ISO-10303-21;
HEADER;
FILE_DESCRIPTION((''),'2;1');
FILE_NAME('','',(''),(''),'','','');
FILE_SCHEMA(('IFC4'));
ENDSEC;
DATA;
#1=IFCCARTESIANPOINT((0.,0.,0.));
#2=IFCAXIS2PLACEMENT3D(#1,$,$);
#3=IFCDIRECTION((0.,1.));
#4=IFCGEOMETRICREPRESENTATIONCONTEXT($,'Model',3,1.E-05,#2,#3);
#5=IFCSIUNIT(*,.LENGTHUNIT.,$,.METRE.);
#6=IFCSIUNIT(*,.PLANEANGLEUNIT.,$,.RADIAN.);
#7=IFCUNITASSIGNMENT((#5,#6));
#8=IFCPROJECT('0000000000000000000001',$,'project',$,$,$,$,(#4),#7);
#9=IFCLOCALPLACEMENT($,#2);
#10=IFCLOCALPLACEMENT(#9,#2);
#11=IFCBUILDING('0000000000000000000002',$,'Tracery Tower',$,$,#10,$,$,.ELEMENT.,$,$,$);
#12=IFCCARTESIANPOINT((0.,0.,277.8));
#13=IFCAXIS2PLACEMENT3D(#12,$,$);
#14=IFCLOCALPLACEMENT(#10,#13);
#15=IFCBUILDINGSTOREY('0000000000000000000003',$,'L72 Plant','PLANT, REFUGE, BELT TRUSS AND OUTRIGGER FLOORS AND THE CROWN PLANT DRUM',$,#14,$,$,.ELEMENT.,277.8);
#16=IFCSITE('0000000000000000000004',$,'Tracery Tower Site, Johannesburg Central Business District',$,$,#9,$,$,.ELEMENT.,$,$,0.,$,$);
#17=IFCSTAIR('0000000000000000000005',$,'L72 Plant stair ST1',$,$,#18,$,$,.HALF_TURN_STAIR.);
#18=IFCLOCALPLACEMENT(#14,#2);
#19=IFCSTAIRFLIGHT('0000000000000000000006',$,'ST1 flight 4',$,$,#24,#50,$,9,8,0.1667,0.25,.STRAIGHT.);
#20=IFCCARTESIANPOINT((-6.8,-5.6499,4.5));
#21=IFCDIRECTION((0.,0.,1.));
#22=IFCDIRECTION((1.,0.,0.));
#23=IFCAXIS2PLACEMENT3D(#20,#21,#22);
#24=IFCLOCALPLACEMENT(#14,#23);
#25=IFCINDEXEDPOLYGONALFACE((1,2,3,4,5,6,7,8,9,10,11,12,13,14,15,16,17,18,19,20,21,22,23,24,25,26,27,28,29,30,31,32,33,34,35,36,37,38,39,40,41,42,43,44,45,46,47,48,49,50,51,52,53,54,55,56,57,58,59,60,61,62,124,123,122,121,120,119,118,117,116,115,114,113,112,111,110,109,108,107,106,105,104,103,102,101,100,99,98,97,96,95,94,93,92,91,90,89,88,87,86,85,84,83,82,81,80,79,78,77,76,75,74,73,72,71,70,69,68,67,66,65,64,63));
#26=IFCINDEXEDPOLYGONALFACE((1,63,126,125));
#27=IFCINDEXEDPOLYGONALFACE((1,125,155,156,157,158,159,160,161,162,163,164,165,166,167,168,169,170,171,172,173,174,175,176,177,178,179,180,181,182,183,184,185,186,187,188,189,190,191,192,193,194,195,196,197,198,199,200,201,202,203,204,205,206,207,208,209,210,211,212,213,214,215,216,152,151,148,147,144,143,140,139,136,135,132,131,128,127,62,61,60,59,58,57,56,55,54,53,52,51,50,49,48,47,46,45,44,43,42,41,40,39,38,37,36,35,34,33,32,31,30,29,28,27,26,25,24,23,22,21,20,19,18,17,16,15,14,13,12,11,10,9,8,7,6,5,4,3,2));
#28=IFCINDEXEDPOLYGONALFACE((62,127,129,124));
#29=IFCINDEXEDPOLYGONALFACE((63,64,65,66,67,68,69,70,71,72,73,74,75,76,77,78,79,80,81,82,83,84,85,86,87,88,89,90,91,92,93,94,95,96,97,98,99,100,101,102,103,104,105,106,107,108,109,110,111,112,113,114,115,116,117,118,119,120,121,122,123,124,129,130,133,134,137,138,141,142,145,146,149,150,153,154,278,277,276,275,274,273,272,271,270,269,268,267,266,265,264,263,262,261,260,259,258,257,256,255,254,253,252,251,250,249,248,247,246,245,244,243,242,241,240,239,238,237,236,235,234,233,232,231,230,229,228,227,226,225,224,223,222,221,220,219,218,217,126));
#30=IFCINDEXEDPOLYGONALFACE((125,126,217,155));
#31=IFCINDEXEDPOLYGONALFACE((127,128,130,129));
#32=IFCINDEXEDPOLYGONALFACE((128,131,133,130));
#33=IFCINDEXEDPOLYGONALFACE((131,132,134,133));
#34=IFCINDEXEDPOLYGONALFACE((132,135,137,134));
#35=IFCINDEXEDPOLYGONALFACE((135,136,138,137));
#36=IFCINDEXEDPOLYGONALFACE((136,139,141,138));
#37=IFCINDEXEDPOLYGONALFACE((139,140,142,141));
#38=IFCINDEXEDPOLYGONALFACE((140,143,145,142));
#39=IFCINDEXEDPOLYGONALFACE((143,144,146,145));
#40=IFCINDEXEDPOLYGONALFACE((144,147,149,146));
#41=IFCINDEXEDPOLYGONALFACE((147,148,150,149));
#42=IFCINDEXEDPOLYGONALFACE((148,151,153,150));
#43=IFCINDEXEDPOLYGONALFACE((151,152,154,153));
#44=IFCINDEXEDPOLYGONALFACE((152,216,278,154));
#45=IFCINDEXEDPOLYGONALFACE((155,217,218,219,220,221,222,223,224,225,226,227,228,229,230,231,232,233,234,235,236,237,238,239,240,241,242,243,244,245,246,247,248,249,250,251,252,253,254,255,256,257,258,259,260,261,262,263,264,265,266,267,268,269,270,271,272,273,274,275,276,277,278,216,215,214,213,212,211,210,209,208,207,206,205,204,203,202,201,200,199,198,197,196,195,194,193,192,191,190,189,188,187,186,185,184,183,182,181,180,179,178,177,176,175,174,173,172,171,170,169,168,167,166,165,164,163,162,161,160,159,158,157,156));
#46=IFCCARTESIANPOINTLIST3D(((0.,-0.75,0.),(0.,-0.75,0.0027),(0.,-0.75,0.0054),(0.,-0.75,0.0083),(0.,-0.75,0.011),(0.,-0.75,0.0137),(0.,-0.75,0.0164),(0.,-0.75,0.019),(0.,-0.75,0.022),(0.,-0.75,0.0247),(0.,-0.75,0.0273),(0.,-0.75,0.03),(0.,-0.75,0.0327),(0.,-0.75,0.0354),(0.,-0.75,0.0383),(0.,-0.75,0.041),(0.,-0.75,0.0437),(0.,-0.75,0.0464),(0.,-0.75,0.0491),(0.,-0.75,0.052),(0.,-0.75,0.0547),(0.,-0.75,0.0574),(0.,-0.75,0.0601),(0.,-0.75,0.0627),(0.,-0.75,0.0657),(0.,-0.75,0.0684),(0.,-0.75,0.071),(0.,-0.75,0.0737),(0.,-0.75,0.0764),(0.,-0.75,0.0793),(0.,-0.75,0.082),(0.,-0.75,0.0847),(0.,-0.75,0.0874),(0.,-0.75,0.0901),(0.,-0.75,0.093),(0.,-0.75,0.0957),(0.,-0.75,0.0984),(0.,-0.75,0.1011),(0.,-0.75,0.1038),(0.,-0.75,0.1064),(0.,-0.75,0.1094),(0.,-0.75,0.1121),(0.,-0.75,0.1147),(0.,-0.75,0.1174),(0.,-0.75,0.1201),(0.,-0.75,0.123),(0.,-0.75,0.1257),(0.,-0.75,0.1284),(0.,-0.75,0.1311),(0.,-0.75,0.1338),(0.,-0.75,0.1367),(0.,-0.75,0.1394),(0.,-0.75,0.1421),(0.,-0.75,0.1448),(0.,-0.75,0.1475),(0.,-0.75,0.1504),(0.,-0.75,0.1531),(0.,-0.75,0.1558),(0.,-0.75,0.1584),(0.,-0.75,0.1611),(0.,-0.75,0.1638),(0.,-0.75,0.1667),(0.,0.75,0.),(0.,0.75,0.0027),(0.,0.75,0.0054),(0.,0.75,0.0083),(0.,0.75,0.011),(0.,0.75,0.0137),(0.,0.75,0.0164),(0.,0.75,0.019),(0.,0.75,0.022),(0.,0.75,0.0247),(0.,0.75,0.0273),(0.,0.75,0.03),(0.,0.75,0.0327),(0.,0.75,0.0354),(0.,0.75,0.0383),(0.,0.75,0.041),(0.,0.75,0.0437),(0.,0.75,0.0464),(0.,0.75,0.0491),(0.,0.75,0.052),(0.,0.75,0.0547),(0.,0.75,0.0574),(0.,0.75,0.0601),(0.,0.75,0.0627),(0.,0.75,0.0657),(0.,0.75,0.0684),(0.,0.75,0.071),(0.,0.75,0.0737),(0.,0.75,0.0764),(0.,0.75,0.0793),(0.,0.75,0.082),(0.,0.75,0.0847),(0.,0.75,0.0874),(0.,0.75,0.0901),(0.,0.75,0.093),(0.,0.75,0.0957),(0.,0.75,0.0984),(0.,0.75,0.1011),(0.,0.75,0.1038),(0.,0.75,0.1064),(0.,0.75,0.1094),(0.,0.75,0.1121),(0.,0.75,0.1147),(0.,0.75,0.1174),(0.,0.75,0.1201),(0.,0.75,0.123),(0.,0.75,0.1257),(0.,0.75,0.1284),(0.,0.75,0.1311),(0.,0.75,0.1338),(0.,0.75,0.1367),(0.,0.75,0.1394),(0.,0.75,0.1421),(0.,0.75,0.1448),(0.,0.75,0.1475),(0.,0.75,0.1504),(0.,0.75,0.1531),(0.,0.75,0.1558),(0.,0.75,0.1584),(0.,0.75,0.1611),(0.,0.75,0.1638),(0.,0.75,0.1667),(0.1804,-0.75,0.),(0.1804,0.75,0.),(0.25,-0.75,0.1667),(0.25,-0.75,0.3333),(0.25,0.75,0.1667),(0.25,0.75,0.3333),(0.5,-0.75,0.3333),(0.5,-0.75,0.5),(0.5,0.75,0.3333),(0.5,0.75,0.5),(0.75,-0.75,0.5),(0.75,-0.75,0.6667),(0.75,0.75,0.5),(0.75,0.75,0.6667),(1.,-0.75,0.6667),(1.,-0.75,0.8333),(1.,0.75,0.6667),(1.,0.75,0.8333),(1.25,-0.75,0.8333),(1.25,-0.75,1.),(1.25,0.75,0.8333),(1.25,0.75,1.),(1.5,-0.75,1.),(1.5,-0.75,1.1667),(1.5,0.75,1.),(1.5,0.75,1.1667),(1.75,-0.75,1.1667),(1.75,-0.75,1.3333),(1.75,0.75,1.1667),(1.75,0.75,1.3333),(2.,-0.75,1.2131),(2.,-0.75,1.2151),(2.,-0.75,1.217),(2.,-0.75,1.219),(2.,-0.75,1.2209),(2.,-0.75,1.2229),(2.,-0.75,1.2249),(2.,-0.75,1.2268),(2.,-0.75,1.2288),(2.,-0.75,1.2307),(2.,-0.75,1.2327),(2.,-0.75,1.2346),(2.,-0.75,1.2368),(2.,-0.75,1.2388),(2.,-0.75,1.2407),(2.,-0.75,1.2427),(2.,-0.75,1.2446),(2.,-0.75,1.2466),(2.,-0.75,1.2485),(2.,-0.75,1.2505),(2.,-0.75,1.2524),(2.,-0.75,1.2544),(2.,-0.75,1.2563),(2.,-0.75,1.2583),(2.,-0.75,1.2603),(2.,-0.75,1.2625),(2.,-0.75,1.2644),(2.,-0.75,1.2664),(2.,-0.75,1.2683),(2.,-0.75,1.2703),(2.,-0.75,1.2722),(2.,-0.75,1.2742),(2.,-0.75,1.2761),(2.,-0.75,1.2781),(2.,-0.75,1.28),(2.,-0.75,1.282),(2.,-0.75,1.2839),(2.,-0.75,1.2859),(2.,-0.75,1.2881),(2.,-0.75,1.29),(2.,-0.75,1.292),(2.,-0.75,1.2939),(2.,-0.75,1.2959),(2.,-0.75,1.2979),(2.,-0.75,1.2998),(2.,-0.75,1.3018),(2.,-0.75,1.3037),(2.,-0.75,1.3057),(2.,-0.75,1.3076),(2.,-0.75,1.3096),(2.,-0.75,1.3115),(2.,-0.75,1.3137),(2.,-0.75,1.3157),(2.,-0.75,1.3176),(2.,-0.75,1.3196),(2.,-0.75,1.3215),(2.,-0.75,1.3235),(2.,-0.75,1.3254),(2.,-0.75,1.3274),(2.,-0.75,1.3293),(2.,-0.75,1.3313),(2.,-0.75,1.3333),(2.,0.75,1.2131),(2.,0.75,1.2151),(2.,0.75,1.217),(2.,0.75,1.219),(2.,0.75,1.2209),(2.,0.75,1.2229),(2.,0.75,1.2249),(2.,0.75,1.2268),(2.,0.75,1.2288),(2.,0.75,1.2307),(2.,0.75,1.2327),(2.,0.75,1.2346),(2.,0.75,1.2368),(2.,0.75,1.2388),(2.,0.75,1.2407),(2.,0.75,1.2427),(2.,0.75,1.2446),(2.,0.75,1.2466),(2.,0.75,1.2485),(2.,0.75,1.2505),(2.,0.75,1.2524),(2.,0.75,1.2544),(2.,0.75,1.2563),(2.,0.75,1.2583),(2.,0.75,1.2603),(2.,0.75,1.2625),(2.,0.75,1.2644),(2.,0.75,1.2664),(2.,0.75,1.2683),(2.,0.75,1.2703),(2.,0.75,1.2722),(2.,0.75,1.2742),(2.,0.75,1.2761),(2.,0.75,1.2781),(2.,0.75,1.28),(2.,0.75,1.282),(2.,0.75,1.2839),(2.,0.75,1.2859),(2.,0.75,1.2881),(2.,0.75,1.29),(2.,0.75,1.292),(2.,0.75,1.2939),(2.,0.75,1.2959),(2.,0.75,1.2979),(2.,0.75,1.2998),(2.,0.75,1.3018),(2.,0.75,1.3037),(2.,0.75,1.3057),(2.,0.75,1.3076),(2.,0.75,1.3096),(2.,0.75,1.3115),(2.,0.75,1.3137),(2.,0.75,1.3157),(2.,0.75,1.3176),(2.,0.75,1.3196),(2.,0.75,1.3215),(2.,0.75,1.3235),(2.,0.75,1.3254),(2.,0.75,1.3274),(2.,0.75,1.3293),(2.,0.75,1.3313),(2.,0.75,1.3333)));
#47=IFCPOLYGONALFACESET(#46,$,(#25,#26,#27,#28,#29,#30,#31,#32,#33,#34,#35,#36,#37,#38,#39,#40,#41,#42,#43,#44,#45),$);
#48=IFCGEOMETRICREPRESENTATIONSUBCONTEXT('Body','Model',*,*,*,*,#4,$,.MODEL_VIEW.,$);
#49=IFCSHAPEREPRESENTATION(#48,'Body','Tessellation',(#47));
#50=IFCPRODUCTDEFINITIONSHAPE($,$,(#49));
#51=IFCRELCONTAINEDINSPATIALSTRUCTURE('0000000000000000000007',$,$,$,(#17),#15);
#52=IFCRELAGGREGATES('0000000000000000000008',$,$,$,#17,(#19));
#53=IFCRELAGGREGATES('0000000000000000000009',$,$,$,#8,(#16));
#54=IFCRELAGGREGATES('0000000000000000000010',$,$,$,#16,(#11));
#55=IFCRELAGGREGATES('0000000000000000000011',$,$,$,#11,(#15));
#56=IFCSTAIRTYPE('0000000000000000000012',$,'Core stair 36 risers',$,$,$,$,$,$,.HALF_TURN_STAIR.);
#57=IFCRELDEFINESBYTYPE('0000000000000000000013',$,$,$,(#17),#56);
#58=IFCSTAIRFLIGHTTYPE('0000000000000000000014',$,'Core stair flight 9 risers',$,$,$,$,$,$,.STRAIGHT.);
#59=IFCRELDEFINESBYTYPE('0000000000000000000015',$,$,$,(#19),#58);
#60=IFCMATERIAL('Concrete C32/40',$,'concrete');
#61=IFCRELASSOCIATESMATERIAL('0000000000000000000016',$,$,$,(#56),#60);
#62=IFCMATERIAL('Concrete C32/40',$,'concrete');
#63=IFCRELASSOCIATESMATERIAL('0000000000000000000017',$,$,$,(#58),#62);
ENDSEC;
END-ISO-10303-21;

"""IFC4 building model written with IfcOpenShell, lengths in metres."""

from ifc_helpers import new_model, si_unit, direction, frame, origin, place, context, subcontext, project, spatial, polyline, outline, extrude, material, type_object, element, aggregate, save


model = new_model("IFC4")

# Units and contexts
model_context = context("Model", 3, precision=1e-05, world=origin(), true_north=direction((0.0, 1.0)))
body_context = subcontext(model_context, "Body", "Model", "MODEL_VIEW")
ifc_project = project(units=[si_unit("LENGTHUNIT", "METRE"), si_unit("PLANEANGLEUNIT", "RADIAN")], contexts=[model_context])

# Site, building, storey
site_placement = place(None, origin())
site = spatial("IfcSite", under=ifc_project, at=site_placement, Name="Tracery Tower Site, Johannesburg Central Business District", CompositionType="ELEMENT", RefElevation=0.0)
building_placement = place(site_placement, origin())
building = spatial("IfcBuilding", under=site, at=building_placement, Name="Tracery Tower", CompositionType="ELEMENT")
storey_placement = place(building_placement, frame((0.0, 0.0, 277.8)))
storey = spatial("IfcBuildingStorey", under=building, at=storey_placement, Name="L72 Plant", Description="PLANT, REFUGE, BELT TRUSS AND OUTRIGGER FLOORS AND THE CROWN PLANT DRUM", CompositionType="ELEMENT", Elevation=277.8)

# Stair
ifc_material_1 = material(Name="Concrete C32/40", Category="concrete")
stair_type = type_object("IfcStairType", Name="Core stair 36 risers", PredefinedType="HALF_TURN_STAIR", material=ifc_material_1)
stair_1_placement = place(storey_placement, origin())
stair_1 = element("IfcStair", 1, at=stair_1_placement, inside=storey, type_object=stair_type, Name="L72 Plant stair ST1", PredefinedType="HALF_TURN_STAIR")

# Stair flight
ifc_material_2 = material(Name="Concrete C32/40", Category="concrete")
stair_flight_type = type_object("IfcStairFlightType", Name="Core stair flight 9 risers", PredefinedType="STRAIGHT", material=ifc_material_2)
stair_flight_1_placement = place(storey_placement, frame((-6.8, -5.6499, 4.5), z_axis=(0.0, 0.0, 1.0), x_axis=(1.0, 0.0, 0.0)))
stair_flight_1 = element("IfcStairFlight", 2, at=stair_flight_1_placement, type_object=stair_flight_type, Name="ST1 flight 4", NumberOfRisers=9, NumberOfTreads=8, PredefinedType="STRAIGHT", RiserHeight=0.1667, TreadLength=0.25, context=body_context, shape_type="SweptSolid", body=[
    extrude(outline(polyline([(0.0, 0.0), (0.0, 0.0027), (0.0, 0.0054), (0.0, 0.0083), (0.0, 0.011), (0.0, 0.0137), (0.0, 0.0164), (0.0, 0.019), (0.0, 0.022), (0.0, 0.0247), (0.0, 0.0273), (0.0, 0.03), (0.0, 0.0327), (0.0, 0.0354), (0.0, 0.0383), (0.0, 0.041), (0.0, 0.0437), (0.0, 0.0464), (0.0, 0.0491), (0.0, 0.052), (0.0, 0.0547), (0.0, 0.0574), (0.0, 0.0601), (0.0, 0.0627), (0.0, 0.0657), (0.0, 0.0684), (0.0, 0.071), (0.0, 0.0737), (0.0, 0.0764), (0.0, 0.0793), (0.0, 0.082), (0.0, 0.0847), (0.0, 0.0874), (0.0, 0.0901), (0.0, 0.093), (0.0, 0.0957), (0.0, 0.0984), (0.0, 0.1011), (0.0, 0.1038), (0.0, 0.1064), (0.0, 0.1094), (0.0, 0.1121), (0.0, 0.1147), (0.0, 0.1174), (0.0, 0.1201), (0.0, 0.123), (0.0, 0.1257), (0.0, 0.1284), (0.0, 0.1311), (0.0, 0.1338), (0.0, 0.1367), (0.0, 0.1394), (0.0, 0.1421), (0.0, 0.1448), (0.0, 0.1475), (0.0, 0.1504), (0.0, 0.1531), (0.0, 0.1558), (0.0, 0.1584), (0.0, 0.1611), (0.0, 0.1638), (0.0, 0.1667), (0.25, 0.1667), (0.25, 0.3333), (0.5, 0.3333), (0.5, 0.5), (0.75, 0.5), (0.75, 0.6667), (1.0, 0.6667), (1.0, 0.8333), (1.25, 0.8333), (1.25, 1.0), (1.5, 1.0), (1.5, 1.1667), (1.75, 1.1667), (1.75, 1.3333), (2.0, 1.3333), (2.0, 1.3313), (2.0, 1.3293), (2.0, 1.3274), (2.0, 1.3254), (2.0, 1.3235), (2.0, 1.3215), (2.0, 1.3196), (2.0, 1.3176), (2.0, 1.3157), (2.0, 1.3137), (2.0, 1.3115), (2.0, 1.3096), (2.0, 1.3076), (2.0, 1.3057), (2.0, 1.3037), (2.0, 1.3018), (2.0, 1.2998), (2.0, 1.2979), (2.0, 1.2959), (2.0, 1.2939), (2.0, 1.292), (2.0, 1.29), (2.0, 1.2881), (2.0, 1.2859), (2.0, 1.2839), (2.0, 1.282), (2.0, 1.28), (2.0, 1.2781), (2.0, 1.2761), (2.0, 1.2742), (2.0, 1.2722), (2.0, 1.2703), (2.0, 1.2683), (2.0, 1.2664), (2.0, 1.2644), (2.0, 1.2625), (2.0, 1.2603), (2.0, 1.2583), (2.0, 1.2563), (2.0, 1.2544), (2.0, 1.2524), (2.0, 1.2505), (2.0, 1.2485), (2.0, 1.2466), (2.0, 1.2446), (2.0, 1.2427), (2.0, 1.2407), (2.0, 1.2388), (2.0, 1.2368), (2.0, 1.2346), (2.0, 1.2327), (2.0, 1.2307), (2.0, 1.2288), (2.0, 1.2268), (2.0, 1.2249), (2.0, 1.2229), (2.0, 1.2209), (2.0, 1.219), (2.0, 1.217), (2.0, 1.2151), (2.0, 1.2131), (0.1804, 0.0), (0.0, 0.0)])), frame((0.0, 0.75, 0.0), z_axis=(0.0, -1.0, 0.0), x_axis=(1.0, 0.0, 0.0)), (0.0, 0.0, 1.0), 1.5),
])
aggregate(stair_1, [stair_flight_1])

save(model, "model.ifc")
